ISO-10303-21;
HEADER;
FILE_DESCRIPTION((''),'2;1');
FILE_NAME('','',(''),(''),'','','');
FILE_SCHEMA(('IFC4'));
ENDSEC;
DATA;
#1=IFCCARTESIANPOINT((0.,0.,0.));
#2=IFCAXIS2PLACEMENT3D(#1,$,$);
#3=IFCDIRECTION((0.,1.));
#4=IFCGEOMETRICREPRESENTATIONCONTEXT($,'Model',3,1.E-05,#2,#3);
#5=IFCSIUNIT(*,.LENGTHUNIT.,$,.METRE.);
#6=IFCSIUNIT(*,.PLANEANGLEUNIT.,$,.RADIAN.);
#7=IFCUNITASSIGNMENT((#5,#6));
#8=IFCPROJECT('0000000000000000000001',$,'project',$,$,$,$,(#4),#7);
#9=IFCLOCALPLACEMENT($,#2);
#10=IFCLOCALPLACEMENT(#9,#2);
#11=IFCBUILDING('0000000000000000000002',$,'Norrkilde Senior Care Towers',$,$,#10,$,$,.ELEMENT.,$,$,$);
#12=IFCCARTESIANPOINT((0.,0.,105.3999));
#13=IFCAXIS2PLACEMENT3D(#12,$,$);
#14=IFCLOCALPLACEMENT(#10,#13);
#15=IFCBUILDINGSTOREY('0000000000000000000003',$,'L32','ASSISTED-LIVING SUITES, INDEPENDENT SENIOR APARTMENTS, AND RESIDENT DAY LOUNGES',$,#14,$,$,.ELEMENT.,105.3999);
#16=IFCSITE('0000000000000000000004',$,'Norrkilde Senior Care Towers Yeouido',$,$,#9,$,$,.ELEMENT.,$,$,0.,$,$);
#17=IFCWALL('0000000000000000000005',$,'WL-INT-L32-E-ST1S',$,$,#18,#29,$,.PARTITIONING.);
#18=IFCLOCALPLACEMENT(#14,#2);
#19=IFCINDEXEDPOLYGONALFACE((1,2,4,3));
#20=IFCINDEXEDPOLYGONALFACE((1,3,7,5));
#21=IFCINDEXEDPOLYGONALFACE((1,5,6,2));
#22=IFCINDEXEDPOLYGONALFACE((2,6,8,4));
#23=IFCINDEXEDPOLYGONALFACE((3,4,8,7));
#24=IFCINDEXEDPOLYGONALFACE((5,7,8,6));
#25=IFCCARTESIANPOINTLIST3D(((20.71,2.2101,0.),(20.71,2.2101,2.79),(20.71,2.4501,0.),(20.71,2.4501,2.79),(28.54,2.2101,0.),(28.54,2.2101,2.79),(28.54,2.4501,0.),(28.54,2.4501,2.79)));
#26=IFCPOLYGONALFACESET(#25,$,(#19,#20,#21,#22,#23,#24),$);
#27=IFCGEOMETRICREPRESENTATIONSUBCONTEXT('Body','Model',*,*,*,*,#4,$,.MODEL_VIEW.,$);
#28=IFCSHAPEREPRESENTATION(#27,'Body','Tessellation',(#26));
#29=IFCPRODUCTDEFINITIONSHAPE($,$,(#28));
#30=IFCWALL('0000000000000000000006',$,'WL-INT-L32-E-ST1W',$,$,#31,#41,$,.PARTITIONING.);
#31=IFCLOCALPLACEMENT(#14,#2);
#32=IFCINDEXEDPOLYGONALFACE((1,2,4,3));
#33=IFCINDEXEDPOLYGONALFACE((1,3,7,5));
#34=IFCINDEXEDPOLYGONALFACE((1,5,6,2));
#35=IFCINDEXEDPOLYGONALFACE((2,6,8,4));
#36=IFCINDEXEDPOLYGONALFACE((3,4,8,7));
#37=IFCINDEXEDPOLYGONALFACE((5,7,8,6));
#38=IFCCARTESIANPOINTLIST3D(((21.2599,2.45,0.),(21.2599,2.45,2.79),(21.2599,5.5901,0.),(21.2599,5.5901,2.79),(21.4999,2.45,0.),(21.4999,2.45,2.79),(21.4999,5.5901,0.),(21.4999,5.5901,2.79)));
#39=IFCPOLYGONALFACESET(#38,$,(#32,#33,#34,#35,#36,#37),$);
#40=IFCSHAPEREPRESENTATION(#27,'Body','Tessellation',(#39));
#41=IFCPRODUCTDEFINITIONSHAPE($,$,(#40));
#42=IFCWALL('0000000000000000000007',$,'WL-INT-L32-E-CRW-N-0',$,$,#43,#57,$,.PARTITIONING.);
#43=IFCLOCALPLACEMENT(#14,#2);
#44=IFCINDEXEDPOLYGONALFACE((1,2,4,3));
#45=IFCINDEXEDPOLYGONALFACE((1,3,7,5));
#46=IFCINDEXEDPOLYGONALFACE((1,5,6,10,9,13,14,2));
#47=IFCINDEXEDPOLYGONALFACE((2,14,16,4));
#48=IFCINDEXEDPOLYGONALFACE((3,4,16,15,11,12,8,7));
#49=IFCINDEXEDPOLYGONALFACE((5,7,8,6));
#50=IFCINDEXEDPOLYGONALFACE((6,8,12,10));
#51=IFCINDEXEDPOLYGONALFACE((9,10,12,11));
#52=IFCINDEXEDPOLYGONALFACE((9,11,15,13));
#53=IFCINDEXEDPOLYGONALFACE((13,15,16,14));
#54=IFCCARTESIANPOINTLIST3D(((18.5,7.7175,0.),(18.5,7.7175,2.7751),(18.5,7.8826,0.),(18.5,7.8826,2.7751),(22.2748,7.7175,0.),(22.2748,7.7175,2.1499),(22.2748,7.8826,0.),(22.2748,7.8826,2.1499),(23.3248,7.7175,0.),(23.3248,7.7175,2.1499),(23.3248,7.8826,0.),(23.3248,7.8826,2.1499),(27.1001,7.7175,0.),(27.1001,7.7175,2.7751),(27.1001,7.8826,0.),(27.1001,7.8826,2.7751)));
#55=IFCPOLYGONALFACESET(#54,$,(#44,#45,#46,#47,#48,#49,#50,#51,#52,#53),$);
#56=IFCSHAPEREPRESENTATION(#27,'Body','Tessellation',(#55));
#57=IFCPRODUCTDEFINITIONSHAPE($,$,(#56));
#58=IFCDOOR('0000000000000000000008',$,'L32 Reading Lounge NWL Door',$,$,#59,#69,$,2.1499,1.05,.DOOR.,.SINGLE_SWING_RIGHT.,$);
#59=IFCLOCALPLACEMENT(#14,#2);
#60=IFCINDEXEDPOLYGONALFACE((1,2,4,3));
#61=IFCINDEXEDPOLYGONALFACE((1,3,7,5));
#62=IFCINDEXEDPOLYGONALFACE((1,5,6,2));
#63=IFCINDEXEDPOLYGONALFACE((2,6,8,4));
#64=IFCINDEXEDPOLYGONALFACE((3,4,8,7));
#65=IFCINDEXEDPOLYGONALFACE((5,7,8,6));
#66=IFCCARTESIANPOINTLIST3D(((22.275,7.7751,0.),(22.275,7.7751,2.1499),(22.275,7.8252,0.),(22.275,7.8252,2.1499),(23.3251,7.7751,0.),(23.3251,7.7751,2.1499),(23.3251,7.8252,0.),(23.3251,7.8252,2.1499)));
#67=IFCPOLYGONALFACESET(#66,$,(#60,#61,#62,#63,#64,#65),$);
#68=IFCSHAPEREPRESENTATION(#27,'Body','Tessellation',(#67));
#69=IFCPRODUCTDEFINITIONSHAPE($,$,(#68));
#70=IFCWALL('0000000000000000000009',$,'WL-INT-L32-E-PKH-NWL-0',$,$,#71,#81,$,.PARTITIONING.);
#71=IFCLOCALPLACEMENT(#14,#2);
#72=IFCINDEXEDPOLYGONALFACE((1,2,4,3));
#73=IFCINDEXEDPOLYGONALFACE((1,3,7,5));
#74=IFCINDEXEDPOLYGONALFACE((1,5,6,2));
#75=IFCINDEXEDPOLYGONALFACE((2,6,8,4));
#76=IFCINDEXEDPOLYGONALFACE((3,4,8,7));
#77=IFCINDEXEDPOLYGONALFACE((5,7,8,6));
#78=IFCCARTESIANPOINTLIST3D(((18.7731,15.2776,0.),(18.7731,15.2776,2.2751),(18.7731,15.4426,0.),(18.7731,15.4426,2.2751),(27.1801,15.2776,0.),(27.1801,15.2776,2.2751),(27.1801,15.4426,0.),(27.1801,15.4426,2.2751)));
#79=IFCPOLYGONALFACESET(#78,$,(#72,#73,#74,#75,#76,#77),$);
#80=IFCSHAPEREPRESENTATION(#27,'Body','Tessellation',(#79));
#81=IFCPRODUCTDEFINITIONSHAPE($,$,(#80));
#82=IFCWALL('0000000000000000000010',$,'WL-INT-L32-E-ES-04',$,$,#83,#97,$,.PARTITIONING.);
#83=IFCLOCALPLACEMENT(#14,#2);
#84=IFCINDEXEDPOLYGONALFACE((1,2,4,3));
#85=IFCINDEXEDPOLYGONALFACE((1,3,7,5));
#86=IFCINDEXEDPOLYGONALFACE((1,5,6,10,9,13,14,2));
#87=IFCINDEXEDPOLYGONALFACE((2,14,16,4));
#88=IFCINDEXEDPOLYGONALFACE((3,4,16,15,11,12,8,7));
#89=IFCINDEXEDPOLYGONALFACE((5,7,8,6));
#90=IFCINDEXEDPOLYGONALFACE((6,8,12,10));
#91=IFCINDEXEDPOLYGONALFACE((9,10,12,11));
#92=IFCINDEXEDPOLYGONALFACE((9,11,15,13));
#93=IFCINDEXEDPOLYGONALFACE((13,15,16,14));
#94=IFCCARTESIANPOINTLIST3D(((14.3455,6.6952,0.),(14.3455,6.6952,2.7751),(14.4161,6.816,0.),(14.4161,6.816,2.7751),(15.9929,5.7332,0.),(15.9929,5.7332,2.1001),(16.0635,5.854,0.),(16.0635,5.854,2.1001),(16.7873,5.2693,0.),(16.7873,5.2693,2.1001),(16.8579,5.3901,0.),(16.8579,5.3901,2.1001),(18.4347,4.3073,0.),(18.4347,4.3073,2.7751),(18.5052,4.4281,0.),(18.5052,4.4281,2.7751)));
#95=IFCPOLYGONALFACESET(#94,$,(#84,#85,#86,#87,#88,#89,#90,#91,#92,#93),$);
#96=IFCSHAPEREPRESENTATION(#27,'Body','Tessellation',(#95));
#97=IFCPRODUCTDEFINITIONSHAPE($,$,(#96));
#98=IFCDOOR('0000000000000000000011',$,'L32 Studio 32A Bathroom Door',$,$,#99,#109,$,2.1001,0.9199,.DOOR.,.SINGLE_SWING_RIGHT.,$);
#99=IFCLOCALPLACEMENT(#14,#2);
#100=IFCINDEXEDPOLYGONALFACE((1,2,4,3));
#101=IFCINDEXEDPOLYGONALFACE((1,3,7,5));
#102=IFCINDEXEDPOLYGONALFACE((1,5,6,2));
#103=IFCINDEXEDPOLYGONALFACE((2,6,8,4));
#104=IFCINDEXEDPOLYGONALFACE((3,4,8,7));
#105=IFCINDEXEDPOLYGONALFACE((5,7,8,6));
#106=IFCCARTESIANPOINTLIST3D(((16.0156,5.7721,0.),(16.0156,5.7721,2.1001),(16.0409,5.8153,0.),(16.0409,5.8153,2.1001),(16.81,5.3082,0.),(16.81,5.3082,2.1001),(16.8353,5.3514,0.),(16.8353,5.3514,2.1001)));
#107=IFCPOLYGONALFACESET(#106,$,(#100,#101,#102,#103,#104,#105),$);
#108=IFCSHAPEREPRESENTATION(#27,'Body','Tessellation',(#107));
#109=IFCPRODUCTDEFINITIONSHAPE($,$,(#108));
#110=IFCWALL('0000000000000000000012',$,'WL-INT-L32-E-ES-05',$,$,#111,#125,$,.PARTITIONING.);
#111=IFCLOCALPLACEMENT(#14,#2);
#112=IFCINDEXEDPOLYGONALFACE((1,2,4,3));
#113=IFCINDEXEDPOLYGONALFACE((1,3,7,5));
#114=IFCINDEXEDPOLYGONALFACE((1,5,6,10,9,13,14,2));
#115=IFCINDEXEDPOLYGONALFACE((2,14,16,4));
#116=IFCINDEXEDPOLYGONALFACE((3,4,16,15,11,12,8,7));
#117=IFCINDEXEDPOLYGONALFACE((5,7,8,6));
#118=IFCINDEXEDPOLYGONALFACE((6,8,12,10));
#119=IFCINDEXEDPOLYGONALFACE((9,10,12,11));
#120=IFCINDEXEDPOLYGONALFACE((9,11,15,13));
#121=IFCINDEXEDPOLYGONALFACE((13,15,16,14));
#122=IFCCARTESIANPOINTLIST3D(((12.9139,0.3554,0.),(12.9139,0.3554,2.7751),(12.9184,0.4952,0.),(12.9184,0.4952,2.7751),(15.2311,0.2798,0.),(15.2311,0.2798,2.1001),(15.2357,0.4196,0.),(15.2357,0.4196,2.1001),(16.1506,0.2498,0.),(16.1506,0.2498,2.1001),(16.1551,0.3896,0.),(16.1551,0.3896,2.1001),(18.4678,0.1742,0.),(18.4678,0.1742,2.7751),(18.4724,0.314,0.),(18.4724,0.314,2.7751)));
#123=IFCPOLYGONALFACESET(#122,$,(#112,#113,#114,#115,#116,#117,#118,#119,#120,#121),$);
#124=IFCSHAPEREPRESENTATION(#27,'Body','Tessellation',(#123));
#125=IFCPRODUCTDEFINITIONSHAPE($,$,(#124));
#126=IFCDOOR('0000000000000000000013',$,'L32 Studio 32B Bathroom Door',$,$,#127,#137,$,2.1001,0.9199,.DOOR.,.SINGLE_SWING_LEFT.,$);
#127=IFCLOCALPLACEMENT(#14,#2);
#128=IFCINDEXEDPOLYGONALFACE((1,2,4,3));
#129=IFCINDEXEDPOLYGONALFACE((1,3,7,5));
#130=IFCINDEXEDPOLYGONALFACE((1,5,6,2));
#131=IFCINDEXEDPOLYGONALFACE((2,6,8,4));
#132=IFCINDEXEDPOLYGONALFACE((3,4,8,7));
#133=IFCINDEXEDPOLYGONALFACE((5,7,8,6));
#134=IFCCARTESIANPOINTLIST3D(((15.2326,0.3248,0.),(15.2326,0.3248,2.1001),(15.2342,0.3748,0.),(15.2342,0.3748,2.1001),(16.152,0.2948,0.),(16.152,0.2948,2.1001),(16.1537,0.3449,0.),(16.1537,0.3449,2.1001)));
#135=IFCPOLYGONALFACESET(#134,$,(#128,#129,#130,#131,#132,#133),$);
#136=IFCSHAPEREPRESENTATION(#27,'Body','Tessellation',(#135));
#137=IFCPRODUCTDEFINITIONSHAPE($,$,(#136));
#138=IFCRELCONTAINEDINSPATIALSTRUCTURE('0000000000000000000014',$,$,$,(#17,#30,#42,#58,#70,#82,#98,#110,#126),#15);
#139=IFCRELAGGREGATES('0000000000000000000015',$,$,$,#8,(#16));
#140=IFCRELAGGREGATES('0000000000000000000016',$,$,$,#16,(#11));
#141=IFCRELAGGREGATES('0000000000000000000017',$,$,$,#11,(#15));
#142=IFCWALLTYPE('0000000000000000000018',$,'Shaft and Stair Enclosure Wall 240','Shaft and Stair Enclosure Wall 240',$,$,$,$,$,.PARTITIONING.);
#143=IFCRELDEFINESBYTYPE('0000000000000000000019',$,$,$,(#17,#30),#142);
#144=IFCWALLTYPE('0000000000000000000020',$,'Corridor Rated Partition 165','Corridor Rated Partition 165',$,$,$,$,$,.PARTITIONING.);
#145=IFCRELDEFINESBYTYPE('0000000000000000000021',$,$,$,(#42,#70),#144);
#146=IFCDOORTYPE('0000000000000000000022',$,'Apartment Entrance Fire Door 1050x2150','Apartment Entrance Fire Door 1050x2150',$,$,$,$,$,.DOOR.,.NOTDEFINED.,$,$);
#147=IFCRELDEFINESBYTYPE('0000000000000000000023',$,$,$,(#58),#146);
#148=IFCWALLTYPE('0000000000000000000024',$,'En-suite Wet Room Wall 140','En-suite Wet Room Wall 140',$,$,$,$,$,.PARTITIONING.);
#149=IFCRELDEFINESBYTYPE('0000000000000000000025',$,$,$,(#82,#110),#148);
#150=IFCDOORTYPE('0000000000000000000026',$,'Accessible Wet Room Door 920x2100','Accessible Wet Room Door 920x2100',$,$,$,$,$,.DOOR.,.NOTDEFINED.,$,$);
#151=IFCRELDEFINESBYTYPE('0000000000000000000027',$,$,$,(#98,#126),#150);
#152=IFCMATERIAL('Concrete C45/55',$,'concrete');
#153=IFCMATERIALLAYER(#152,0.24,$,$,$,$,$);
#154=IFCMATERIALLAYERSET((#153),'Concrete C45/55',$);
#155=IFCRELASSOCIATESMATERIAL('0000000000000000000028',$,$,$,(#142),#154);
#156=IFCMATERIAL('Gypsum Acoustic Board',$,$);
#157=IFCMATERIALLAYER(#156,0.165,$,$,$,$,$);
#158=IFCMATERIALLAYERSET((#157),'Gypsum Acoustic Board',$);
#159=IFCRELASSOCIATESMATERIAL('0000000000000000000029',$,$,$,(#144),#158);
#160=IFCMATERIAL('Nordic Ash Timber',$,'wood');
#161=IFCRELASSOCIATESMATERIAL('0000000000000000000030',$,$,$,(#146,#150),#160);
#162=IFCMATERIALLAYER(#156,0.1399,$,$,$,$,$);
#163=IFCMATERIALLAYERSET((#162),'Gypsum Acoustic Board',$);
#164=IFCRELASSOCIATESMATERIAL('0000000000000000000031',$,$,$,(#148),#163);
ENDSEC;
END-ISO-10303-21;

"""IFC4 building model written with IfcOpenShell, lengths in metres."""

from ifc_helpers import new_model, si_unit, direction, frame, frame_2d, origin, place, context, subcontext, project, spatial, rectangle, extrude, source, transform, mapped, material, layer, layer_set, type_object, type_shapes, element, fill, save


model = new_model("IFC4")

# Units and contexts
model_context = context("Model", 3, precision=1e-05, world=origin(), true_north=direction((0.0, 1.0)))
body_context = subcontext(model_context, "Body", "Model", "MODEL_VIEW")
ifc_project = project(units=[si_unit("LENGTHUNIT", "METRE"), si_unit("PLANEANGLEUNIT", "RADIAN")], contexts=[model_context])

# Site, building, storey
site_placement = place(None, origin())
site = spatial("IfcSite", under=ifc_project, at=site_placement, Name="Norrkilde Senior Care Towers Yeouido", CompositionType="ELEMENT", RefElevation=0.0)
building_placement = place(site_placement, origin())
building = spatial("IfcBuilding", under=site, at=building_placement, Name="Norrkilde Senior Care Towers", CompositionType="ELEMENT")
storey_placement = place(building_placement, frame((0.0, 0.0, 105.3999)))
storey = spatial("IfcBuildingStorey", under=building, at=storey_placement, Name="L32", Description="ASSISTED-LIVING SUITES, INDEPENDENT SENIOR APARTMENTS, AND RESIDENT DAY LOUNGES", CompositionType="ELEMENT", Elevation=105.3999)

# Walls
ifc_material_1 = material(Name="Concrete C45/55", Category="concrete")
ifc_layer_1 = layer(ifc_material_1, 0.24)
ifc_layer_set_1 = layer_set([ifc_layer_1], Name="Concrete C45/55")
wall_type_1 = type_object("IfcWallType", Name="Shaft and Stair Enclosure Wall 240", Description="Shaft and Stair Enclosure Wall 240", PredefinedType="PARTITIONING", material=ifc_layer_set_1)
shared_shape_1 = source(origin(), body_context, "Body", "SweptSolid", [
    extrude(rectangle(XDim=7.8301, YDim=0.24, at=frame_2d((3.915, 0.0))), origin(), (0.0, 0.0, 1.0), 2.79),
])
wall_1_placement = place(storey_placement, frame((20.71, 2.3301, 0.0), z_axis=(0.0, 0.0, 1.0), x_axis=(1.0, 0.0, 0.0)))
element("IfcWall", 1, at=wall_1_placement, inside=storey, type_object=wall_type_1, Name="WL-INT-L32-E-ST1S", PredefinedType="PARTITIONING", context=body_context, shape_type="MappedRepresentation", body=[
    mapped(shared_shape_1, transform((0.0, 0.0, 0.0), x_axis=(1.0, 0.0, 0.0), y_axis=(0.0, 1.0, 0.0), z_axis=(0.0, 0.0, 1.0), scale=1.0)),
])
shared_shape_2 = source(origin(), body_context, "Body", "SweptSolid", [
    extrude(rectangle(XDim=3.1401, YDim=0.24, at=frame_2d((1.5701, 0.0))), origin(), (0.0, 0.0, 1.0), 2.79),
])
type_shapes(wall_type_1, [shared_shape_1, shared_shape_2])
wall_2_placement = place(storey_placement, frame((21.3799, 2.45, 0.0), z_axis=(0.0, 0.0, 1.0), x_axis=(0.0, 1.0, 0.0)))
element("IfcWall", 2, at=wall_2_placement, inside=storey, type_object=wall_type_1, Name="WL-INT-L32-E-ST1W", PredefinedType="PARTITIONING", context=body_context, shape_type="MappedRepresentation", body=[
    mapped(shared_shape_2, transform((0.0, 0.0, 0.0), x_axis=(1.0, 0.0, 0.0), y_axis=(0.0, 1.0, 0.0), z_axis=(0.0, 0.0, 1.0), scale=1.0)),
])

# Wall, opening, door
ifc_material_2 = material(Name="Gypsum Acoustic Board")
ifc_layer_2 = layer(ifc_material_2, 0.165)
ifc_layer_set_2 = layer_set([ifc_layer_2], Name="Gypsum Acoustic Board")
wall_type_2 = type_object("IfcWallType", Name="Corridor Rated Partition 165", Description="Corridor Rated Partition 165", PredefinedType="PARTITIONING", material=ifc_layer_set_2)
shared_shape_3 = source(origin(), body_context, "Body", "SweptSolid", [
    extrude(rectangle(XDim=8.6001, YDim=0.165, at=frame_2d((4.3, 0.0))), origin(), (0.0, 0.0, 1.0), 2.7751),
])
wall_3_placement = place(storey_placement, frame((18.5, 7.8, 0.0), z_axis=(0.0, 0.0, 1.0), x_axis=(1.0, 0.0, 0.0)))
wall_3 = element("IfcWall", 3, at=wall_3_placement, inside=storey, type_object=wall_type_2, Name="WL-INT-L32-E-CRW-N-0", PredefinedType="PARTITIONING", context=body_context, shape_type="MappedRepresentation", body=[
    mapped(shared_shape_3, transform((0.0, 0.0, 0.0), x_axis=(1.0, 0.0, 0.0), y_axis=(0.0, 1.0, 0.0), z_axis=(0.0, 0.0, 1.0), scale=1.0)),
])
opening_1_placement = place(wall_3_placement, frame((3.7749, 0.0, 0.0)))
opening_1 = element("IfcOpeningElement", 4, at=opening_1_placement, cuts=wall_3, PredefinedType="OPENING", context=body_context, shape_type="SweptSolid", body=[
    extrude(rectangle(XDim=1.05, YDim=2.1499, at=frame_2d((0.5249, 1.075))), frame((0.0, 0.0925, 0.0), z_axis=(0.0, -1.0, 0.0), x_axis=(1.0, 0.0, 0.0)), (0.0, 0.0, 1.0), 0.1851),
])
ifc_material_3 = material(Name="Nordic Ash Timber", Category="wood")
door_type_1 = type_object("IfcDoorType", Name="Apartment Entrance Fire Door 1050x2150", Description="Apartment Entrance Fire Door 1050x2150", OperationType="NOTDEFINED", PredefinedType="DOOR", material=ifc_material_3)
shared_shape_4 = source(origin(), body_context, "Body", "SweptSolid", [
    extrude(rectangle(XDim=1.05, YDim=2.1499, at=frame_2d((0.5249, 1.075))), frame((0.0, 0.0249, 0.0), z_axis=(0.0, -1.0, 0.0), x_axis=(1.0, 0.0, 0.0)), (0.0, 0.0, 1.0), 0.05),
])
type_shapes(door_type_1, [shared_shape_4])
door_1_placement = place(opening_1_placement, frame((1.05, 0.0, 0.0), z_axis=(0.0, 0.0, 1.0), x_axis=(-1.0, 0.0, 0.0)))
door_1 = element("IfcDoor", 5, at=door_1_placement, inside=storey, type_object=door_type_1, Name="L32 Reading Lounge NWL Door", OperationType="SINGLE_SWING_RIGHT", OverallHeight=2.1499, OverallWidth=1.05, PredefinedType="DOOR", context=body_context, shape_type="MappedRepresentation", body=[
    mapped(shared_shape_4, transform((0.0, 0.0, 0.0), x_axis=(1.0, 0.0, 0.0), y_axis=(0.0, 1.0, 0.0), z_axis=(0.0, 0.0, 1.0), scale=1.0)),
])
fill(opening_1, door_1)

# Wall
shared_shape_5 = source(origin(), body_context, "Body", "SweptSolid", [
    extrude(rectangle(XDim=8.407, YDim=0.165, at=frame_2d((4.2036, 0.0))), origin(), (0.0, 0.0, 1.0), 2.2751),
])
type_shapes(wall_type_2, [shared_shape_3, shared_shape_5])
wall_4_placement = place(storey_placement, frame((18.7729, 15.3601, 0.0), z_axis=(0.0, 0.0, 1.0), x_axis=(1.0, 0.0, 0.0)))
element("IfcWall", 6, at=wall_4_placement, inside=storey, type_object=wall_type_2, Name="WL-INT-L32-E-PKH-NWL-0", PredefinedType="PARTITIONING", context=body_context, shape_type="MappedRepresentation", body=[
    mapped(shared_shape_5, transform((0.0, 0.0, 0.0), x_axis=(1.0, 0.0, 0.0), y_axis=(0.0, 1.0, 0.0), z_axis=(0.0, 0.0, 1.0), scale=1.0)),
])

# Walls, openings, doors
ifc_layer_3 = layer(ifc_material_2, 0.1399)
ifc_layer_set_3 = layer_set([ifc_layer_3], Name="Gypsum Acoustic Board")
wall_type_3 = type_object("IfcWallType", Name="En-suite Wet Room Wall 140", Description="En-suite Wet Room Wall 140", PredefinedType="PARTITIONING", material=ifc_layer_set_3)
shared_shape_6 = source(origin(), body_context, "Body", "SweptSolid", [
    extrude(rectangle(XDim=4.7354, YDim=0.1399, at=frame_2d((2.3677, 0.0))), origin(), (0.0, 0.0, 1.0), 2.7751),
])
wall_5_placement = place(storey_placement, frame((18.47, 4.3677, 0.0), z_axis=(0.0, 0.0, 1.0), x_axis=(-0.863538, 0.504284, 0.0)))
wall_5 = element("IfcWall", 7, at=wall_5_placement, inside=storey, type_object=wall_type_3, Name="WL-INT-L32-E-ES-04", PredefinedType="PARTITIONING", context=body_context, shape_type="MappedRepresentation", body=[
    mapped(shared_shape_6, transform((0.0, 0.0, 0.0), x_axis=(1.0, 0.0, 0.0), y_axis=(0.0, 1.0, 0.0), z_axis=(0.0, 0.0, 1.0), scale=1.0)),
])
opening_2_placement = place(wall_5_placement, frame((1.9077, 0.0, 0.0)))
opening_2 = element("IfcOpeningElement", 8, at=opening_2_placement, cuts=wall_5, PredefinedType="OPENING", context=body_context, shape_type="SweptSolid", body=[
    extrude(rectangle(XDim=0.9199, YDim=2.1001, at=frame_2d((0.46, 1.05))), frame((0.0, 0.0798, 0.0), z_axis=(0.0, -1.0, 0.0), x_axis=(1.0, 0.0, 0.0)), (0.0, 0.0, 1.0), 0.1599),
])
door_type_2 = type_object("IfcDoorType", Name="Accessible Wet Room Door 920x2100", Description="Accessible Wet Room Door 920x2100", OperationType="NOTDEFINED", PredefinedType="DOOR", material=ifc_material_3)
shared_shape_7 = source(origin(), body_context, "Body", "SweptSolid", [
    extrude(rectangle(XDim=0.9199, YDim=2.1001, at=frame_2d((0.46, 1.05))), frame((0.0, 0.0249, 0.0), z_axis=(0.0, -1.0, 0.0), x_axis=(1.0, 0.0, 0.0)), (0.0, 0.0, 1.0), 0.05),
])
type_shapes(door_type_2, [shared_shape_7])
door_2_placement = place(opening_2_placement, origin())
door_2 = element("IfcDoor", 9, at=door_2_placement, inside=storey, type_object=door_type_2, Name="L32 Studio 32A Bathroom Door", OperationType="SINGLE_SWING_RIGHT", OverallHeight=2.1001, OverallWidth=0.9199, PredefinedType="DOOR", context=body_context, shape_type="MappedRepresentation", body=[
    mapped(shared_shape_7, transform((0.0, 0.0, 0.0), x_axis=(1.0, 0.0, 0.0), y_axis=(0.0, 1.0, 0.0), z_axis=(0.0, 0.0, 1.0), scale=1.0)),
])
fill(opening_2, door_2)
shared_shape_8 = source(origin(), body_context, "Body", "SweptSolid", [
    extrude(rectangle(XDim=5.5569, YDim=0.1399, at=frame_2d((2.7783, 0.0))), origin(), (0.0, 0.0, 1.0), 2.7751),
])
type_shapes(wall_type_3, [shared_shape_6, shared_shape_8])
wall_6_placement = place(storey_placement, frame((18.47, 0.2441, 0.0), z_axis=(0.0, 0.0, 1.0), x_axis=(-0.999468, 0.032599, 0.0)))
wall_6 = element("IfcWall", 10, at=wall_6_placement, inside=storey, type_object=wall_type_3, Name="WL-INT-L32-E-ES-05", PredefinedType="PARTITIONING", context=body_context, shape_type="MappedRepresentation", body=[
    mapped(shared_shape_8, transform((0.0, 0.0, 0.0), x_axis=(1.0, 0.0, 0.0), y_axis=(0.0, 1.0, 0.0), z_axis=(0.0, 0.0, 1.0), scale=1.0)),
])
opening_3_placement = place(wall_6_placement, frame((2.3184, 0.0, 0.0)))
opening_3 = element("IfcOpeningElement", 11, at=opening_3_placement, cuts=wall_6, PredefinedType="OPENING", context=body_context, shape_type="SweptSolid", body=[
    extrude(rectangle(XDim=0.9199, YDim=2.1001, at=frame_2d((0.46, 1.05))), frame((0.0, 0.0798, 0.0), z_axis=(0.0, -1.0, 0.0), x_axis=(1.0, 0.0, 0.0)), (0.0, 0.0, 1.0), 0.1599),
])
door_3_placement = place(opening_3_placement, origin())
door_3 = element("IfcDoor", 12, at=door_3_placement, inside=storey, type_object=door_type_2, Name="L32 Studio 32B Bathroom Door", OperationType="SINGLE_SWING_LEFT", OverallHeight=2.1001, OverallWidth=0.9199, PredefinedType="DOOR", context=body_context, shape_type="MappedRepresentation", body=[
    mapped(shared_shape_7, transform((0.0, 0.0, 0.0), x_axis=(1.0, 0.0, 0.0), y_axis=(0.0, 1.0, 0.0), z_axis=(0.0, 0.0, 1.0), scale=1.0)),
])
fill(opening_3, door_3)

save(model, "model.ifc")
